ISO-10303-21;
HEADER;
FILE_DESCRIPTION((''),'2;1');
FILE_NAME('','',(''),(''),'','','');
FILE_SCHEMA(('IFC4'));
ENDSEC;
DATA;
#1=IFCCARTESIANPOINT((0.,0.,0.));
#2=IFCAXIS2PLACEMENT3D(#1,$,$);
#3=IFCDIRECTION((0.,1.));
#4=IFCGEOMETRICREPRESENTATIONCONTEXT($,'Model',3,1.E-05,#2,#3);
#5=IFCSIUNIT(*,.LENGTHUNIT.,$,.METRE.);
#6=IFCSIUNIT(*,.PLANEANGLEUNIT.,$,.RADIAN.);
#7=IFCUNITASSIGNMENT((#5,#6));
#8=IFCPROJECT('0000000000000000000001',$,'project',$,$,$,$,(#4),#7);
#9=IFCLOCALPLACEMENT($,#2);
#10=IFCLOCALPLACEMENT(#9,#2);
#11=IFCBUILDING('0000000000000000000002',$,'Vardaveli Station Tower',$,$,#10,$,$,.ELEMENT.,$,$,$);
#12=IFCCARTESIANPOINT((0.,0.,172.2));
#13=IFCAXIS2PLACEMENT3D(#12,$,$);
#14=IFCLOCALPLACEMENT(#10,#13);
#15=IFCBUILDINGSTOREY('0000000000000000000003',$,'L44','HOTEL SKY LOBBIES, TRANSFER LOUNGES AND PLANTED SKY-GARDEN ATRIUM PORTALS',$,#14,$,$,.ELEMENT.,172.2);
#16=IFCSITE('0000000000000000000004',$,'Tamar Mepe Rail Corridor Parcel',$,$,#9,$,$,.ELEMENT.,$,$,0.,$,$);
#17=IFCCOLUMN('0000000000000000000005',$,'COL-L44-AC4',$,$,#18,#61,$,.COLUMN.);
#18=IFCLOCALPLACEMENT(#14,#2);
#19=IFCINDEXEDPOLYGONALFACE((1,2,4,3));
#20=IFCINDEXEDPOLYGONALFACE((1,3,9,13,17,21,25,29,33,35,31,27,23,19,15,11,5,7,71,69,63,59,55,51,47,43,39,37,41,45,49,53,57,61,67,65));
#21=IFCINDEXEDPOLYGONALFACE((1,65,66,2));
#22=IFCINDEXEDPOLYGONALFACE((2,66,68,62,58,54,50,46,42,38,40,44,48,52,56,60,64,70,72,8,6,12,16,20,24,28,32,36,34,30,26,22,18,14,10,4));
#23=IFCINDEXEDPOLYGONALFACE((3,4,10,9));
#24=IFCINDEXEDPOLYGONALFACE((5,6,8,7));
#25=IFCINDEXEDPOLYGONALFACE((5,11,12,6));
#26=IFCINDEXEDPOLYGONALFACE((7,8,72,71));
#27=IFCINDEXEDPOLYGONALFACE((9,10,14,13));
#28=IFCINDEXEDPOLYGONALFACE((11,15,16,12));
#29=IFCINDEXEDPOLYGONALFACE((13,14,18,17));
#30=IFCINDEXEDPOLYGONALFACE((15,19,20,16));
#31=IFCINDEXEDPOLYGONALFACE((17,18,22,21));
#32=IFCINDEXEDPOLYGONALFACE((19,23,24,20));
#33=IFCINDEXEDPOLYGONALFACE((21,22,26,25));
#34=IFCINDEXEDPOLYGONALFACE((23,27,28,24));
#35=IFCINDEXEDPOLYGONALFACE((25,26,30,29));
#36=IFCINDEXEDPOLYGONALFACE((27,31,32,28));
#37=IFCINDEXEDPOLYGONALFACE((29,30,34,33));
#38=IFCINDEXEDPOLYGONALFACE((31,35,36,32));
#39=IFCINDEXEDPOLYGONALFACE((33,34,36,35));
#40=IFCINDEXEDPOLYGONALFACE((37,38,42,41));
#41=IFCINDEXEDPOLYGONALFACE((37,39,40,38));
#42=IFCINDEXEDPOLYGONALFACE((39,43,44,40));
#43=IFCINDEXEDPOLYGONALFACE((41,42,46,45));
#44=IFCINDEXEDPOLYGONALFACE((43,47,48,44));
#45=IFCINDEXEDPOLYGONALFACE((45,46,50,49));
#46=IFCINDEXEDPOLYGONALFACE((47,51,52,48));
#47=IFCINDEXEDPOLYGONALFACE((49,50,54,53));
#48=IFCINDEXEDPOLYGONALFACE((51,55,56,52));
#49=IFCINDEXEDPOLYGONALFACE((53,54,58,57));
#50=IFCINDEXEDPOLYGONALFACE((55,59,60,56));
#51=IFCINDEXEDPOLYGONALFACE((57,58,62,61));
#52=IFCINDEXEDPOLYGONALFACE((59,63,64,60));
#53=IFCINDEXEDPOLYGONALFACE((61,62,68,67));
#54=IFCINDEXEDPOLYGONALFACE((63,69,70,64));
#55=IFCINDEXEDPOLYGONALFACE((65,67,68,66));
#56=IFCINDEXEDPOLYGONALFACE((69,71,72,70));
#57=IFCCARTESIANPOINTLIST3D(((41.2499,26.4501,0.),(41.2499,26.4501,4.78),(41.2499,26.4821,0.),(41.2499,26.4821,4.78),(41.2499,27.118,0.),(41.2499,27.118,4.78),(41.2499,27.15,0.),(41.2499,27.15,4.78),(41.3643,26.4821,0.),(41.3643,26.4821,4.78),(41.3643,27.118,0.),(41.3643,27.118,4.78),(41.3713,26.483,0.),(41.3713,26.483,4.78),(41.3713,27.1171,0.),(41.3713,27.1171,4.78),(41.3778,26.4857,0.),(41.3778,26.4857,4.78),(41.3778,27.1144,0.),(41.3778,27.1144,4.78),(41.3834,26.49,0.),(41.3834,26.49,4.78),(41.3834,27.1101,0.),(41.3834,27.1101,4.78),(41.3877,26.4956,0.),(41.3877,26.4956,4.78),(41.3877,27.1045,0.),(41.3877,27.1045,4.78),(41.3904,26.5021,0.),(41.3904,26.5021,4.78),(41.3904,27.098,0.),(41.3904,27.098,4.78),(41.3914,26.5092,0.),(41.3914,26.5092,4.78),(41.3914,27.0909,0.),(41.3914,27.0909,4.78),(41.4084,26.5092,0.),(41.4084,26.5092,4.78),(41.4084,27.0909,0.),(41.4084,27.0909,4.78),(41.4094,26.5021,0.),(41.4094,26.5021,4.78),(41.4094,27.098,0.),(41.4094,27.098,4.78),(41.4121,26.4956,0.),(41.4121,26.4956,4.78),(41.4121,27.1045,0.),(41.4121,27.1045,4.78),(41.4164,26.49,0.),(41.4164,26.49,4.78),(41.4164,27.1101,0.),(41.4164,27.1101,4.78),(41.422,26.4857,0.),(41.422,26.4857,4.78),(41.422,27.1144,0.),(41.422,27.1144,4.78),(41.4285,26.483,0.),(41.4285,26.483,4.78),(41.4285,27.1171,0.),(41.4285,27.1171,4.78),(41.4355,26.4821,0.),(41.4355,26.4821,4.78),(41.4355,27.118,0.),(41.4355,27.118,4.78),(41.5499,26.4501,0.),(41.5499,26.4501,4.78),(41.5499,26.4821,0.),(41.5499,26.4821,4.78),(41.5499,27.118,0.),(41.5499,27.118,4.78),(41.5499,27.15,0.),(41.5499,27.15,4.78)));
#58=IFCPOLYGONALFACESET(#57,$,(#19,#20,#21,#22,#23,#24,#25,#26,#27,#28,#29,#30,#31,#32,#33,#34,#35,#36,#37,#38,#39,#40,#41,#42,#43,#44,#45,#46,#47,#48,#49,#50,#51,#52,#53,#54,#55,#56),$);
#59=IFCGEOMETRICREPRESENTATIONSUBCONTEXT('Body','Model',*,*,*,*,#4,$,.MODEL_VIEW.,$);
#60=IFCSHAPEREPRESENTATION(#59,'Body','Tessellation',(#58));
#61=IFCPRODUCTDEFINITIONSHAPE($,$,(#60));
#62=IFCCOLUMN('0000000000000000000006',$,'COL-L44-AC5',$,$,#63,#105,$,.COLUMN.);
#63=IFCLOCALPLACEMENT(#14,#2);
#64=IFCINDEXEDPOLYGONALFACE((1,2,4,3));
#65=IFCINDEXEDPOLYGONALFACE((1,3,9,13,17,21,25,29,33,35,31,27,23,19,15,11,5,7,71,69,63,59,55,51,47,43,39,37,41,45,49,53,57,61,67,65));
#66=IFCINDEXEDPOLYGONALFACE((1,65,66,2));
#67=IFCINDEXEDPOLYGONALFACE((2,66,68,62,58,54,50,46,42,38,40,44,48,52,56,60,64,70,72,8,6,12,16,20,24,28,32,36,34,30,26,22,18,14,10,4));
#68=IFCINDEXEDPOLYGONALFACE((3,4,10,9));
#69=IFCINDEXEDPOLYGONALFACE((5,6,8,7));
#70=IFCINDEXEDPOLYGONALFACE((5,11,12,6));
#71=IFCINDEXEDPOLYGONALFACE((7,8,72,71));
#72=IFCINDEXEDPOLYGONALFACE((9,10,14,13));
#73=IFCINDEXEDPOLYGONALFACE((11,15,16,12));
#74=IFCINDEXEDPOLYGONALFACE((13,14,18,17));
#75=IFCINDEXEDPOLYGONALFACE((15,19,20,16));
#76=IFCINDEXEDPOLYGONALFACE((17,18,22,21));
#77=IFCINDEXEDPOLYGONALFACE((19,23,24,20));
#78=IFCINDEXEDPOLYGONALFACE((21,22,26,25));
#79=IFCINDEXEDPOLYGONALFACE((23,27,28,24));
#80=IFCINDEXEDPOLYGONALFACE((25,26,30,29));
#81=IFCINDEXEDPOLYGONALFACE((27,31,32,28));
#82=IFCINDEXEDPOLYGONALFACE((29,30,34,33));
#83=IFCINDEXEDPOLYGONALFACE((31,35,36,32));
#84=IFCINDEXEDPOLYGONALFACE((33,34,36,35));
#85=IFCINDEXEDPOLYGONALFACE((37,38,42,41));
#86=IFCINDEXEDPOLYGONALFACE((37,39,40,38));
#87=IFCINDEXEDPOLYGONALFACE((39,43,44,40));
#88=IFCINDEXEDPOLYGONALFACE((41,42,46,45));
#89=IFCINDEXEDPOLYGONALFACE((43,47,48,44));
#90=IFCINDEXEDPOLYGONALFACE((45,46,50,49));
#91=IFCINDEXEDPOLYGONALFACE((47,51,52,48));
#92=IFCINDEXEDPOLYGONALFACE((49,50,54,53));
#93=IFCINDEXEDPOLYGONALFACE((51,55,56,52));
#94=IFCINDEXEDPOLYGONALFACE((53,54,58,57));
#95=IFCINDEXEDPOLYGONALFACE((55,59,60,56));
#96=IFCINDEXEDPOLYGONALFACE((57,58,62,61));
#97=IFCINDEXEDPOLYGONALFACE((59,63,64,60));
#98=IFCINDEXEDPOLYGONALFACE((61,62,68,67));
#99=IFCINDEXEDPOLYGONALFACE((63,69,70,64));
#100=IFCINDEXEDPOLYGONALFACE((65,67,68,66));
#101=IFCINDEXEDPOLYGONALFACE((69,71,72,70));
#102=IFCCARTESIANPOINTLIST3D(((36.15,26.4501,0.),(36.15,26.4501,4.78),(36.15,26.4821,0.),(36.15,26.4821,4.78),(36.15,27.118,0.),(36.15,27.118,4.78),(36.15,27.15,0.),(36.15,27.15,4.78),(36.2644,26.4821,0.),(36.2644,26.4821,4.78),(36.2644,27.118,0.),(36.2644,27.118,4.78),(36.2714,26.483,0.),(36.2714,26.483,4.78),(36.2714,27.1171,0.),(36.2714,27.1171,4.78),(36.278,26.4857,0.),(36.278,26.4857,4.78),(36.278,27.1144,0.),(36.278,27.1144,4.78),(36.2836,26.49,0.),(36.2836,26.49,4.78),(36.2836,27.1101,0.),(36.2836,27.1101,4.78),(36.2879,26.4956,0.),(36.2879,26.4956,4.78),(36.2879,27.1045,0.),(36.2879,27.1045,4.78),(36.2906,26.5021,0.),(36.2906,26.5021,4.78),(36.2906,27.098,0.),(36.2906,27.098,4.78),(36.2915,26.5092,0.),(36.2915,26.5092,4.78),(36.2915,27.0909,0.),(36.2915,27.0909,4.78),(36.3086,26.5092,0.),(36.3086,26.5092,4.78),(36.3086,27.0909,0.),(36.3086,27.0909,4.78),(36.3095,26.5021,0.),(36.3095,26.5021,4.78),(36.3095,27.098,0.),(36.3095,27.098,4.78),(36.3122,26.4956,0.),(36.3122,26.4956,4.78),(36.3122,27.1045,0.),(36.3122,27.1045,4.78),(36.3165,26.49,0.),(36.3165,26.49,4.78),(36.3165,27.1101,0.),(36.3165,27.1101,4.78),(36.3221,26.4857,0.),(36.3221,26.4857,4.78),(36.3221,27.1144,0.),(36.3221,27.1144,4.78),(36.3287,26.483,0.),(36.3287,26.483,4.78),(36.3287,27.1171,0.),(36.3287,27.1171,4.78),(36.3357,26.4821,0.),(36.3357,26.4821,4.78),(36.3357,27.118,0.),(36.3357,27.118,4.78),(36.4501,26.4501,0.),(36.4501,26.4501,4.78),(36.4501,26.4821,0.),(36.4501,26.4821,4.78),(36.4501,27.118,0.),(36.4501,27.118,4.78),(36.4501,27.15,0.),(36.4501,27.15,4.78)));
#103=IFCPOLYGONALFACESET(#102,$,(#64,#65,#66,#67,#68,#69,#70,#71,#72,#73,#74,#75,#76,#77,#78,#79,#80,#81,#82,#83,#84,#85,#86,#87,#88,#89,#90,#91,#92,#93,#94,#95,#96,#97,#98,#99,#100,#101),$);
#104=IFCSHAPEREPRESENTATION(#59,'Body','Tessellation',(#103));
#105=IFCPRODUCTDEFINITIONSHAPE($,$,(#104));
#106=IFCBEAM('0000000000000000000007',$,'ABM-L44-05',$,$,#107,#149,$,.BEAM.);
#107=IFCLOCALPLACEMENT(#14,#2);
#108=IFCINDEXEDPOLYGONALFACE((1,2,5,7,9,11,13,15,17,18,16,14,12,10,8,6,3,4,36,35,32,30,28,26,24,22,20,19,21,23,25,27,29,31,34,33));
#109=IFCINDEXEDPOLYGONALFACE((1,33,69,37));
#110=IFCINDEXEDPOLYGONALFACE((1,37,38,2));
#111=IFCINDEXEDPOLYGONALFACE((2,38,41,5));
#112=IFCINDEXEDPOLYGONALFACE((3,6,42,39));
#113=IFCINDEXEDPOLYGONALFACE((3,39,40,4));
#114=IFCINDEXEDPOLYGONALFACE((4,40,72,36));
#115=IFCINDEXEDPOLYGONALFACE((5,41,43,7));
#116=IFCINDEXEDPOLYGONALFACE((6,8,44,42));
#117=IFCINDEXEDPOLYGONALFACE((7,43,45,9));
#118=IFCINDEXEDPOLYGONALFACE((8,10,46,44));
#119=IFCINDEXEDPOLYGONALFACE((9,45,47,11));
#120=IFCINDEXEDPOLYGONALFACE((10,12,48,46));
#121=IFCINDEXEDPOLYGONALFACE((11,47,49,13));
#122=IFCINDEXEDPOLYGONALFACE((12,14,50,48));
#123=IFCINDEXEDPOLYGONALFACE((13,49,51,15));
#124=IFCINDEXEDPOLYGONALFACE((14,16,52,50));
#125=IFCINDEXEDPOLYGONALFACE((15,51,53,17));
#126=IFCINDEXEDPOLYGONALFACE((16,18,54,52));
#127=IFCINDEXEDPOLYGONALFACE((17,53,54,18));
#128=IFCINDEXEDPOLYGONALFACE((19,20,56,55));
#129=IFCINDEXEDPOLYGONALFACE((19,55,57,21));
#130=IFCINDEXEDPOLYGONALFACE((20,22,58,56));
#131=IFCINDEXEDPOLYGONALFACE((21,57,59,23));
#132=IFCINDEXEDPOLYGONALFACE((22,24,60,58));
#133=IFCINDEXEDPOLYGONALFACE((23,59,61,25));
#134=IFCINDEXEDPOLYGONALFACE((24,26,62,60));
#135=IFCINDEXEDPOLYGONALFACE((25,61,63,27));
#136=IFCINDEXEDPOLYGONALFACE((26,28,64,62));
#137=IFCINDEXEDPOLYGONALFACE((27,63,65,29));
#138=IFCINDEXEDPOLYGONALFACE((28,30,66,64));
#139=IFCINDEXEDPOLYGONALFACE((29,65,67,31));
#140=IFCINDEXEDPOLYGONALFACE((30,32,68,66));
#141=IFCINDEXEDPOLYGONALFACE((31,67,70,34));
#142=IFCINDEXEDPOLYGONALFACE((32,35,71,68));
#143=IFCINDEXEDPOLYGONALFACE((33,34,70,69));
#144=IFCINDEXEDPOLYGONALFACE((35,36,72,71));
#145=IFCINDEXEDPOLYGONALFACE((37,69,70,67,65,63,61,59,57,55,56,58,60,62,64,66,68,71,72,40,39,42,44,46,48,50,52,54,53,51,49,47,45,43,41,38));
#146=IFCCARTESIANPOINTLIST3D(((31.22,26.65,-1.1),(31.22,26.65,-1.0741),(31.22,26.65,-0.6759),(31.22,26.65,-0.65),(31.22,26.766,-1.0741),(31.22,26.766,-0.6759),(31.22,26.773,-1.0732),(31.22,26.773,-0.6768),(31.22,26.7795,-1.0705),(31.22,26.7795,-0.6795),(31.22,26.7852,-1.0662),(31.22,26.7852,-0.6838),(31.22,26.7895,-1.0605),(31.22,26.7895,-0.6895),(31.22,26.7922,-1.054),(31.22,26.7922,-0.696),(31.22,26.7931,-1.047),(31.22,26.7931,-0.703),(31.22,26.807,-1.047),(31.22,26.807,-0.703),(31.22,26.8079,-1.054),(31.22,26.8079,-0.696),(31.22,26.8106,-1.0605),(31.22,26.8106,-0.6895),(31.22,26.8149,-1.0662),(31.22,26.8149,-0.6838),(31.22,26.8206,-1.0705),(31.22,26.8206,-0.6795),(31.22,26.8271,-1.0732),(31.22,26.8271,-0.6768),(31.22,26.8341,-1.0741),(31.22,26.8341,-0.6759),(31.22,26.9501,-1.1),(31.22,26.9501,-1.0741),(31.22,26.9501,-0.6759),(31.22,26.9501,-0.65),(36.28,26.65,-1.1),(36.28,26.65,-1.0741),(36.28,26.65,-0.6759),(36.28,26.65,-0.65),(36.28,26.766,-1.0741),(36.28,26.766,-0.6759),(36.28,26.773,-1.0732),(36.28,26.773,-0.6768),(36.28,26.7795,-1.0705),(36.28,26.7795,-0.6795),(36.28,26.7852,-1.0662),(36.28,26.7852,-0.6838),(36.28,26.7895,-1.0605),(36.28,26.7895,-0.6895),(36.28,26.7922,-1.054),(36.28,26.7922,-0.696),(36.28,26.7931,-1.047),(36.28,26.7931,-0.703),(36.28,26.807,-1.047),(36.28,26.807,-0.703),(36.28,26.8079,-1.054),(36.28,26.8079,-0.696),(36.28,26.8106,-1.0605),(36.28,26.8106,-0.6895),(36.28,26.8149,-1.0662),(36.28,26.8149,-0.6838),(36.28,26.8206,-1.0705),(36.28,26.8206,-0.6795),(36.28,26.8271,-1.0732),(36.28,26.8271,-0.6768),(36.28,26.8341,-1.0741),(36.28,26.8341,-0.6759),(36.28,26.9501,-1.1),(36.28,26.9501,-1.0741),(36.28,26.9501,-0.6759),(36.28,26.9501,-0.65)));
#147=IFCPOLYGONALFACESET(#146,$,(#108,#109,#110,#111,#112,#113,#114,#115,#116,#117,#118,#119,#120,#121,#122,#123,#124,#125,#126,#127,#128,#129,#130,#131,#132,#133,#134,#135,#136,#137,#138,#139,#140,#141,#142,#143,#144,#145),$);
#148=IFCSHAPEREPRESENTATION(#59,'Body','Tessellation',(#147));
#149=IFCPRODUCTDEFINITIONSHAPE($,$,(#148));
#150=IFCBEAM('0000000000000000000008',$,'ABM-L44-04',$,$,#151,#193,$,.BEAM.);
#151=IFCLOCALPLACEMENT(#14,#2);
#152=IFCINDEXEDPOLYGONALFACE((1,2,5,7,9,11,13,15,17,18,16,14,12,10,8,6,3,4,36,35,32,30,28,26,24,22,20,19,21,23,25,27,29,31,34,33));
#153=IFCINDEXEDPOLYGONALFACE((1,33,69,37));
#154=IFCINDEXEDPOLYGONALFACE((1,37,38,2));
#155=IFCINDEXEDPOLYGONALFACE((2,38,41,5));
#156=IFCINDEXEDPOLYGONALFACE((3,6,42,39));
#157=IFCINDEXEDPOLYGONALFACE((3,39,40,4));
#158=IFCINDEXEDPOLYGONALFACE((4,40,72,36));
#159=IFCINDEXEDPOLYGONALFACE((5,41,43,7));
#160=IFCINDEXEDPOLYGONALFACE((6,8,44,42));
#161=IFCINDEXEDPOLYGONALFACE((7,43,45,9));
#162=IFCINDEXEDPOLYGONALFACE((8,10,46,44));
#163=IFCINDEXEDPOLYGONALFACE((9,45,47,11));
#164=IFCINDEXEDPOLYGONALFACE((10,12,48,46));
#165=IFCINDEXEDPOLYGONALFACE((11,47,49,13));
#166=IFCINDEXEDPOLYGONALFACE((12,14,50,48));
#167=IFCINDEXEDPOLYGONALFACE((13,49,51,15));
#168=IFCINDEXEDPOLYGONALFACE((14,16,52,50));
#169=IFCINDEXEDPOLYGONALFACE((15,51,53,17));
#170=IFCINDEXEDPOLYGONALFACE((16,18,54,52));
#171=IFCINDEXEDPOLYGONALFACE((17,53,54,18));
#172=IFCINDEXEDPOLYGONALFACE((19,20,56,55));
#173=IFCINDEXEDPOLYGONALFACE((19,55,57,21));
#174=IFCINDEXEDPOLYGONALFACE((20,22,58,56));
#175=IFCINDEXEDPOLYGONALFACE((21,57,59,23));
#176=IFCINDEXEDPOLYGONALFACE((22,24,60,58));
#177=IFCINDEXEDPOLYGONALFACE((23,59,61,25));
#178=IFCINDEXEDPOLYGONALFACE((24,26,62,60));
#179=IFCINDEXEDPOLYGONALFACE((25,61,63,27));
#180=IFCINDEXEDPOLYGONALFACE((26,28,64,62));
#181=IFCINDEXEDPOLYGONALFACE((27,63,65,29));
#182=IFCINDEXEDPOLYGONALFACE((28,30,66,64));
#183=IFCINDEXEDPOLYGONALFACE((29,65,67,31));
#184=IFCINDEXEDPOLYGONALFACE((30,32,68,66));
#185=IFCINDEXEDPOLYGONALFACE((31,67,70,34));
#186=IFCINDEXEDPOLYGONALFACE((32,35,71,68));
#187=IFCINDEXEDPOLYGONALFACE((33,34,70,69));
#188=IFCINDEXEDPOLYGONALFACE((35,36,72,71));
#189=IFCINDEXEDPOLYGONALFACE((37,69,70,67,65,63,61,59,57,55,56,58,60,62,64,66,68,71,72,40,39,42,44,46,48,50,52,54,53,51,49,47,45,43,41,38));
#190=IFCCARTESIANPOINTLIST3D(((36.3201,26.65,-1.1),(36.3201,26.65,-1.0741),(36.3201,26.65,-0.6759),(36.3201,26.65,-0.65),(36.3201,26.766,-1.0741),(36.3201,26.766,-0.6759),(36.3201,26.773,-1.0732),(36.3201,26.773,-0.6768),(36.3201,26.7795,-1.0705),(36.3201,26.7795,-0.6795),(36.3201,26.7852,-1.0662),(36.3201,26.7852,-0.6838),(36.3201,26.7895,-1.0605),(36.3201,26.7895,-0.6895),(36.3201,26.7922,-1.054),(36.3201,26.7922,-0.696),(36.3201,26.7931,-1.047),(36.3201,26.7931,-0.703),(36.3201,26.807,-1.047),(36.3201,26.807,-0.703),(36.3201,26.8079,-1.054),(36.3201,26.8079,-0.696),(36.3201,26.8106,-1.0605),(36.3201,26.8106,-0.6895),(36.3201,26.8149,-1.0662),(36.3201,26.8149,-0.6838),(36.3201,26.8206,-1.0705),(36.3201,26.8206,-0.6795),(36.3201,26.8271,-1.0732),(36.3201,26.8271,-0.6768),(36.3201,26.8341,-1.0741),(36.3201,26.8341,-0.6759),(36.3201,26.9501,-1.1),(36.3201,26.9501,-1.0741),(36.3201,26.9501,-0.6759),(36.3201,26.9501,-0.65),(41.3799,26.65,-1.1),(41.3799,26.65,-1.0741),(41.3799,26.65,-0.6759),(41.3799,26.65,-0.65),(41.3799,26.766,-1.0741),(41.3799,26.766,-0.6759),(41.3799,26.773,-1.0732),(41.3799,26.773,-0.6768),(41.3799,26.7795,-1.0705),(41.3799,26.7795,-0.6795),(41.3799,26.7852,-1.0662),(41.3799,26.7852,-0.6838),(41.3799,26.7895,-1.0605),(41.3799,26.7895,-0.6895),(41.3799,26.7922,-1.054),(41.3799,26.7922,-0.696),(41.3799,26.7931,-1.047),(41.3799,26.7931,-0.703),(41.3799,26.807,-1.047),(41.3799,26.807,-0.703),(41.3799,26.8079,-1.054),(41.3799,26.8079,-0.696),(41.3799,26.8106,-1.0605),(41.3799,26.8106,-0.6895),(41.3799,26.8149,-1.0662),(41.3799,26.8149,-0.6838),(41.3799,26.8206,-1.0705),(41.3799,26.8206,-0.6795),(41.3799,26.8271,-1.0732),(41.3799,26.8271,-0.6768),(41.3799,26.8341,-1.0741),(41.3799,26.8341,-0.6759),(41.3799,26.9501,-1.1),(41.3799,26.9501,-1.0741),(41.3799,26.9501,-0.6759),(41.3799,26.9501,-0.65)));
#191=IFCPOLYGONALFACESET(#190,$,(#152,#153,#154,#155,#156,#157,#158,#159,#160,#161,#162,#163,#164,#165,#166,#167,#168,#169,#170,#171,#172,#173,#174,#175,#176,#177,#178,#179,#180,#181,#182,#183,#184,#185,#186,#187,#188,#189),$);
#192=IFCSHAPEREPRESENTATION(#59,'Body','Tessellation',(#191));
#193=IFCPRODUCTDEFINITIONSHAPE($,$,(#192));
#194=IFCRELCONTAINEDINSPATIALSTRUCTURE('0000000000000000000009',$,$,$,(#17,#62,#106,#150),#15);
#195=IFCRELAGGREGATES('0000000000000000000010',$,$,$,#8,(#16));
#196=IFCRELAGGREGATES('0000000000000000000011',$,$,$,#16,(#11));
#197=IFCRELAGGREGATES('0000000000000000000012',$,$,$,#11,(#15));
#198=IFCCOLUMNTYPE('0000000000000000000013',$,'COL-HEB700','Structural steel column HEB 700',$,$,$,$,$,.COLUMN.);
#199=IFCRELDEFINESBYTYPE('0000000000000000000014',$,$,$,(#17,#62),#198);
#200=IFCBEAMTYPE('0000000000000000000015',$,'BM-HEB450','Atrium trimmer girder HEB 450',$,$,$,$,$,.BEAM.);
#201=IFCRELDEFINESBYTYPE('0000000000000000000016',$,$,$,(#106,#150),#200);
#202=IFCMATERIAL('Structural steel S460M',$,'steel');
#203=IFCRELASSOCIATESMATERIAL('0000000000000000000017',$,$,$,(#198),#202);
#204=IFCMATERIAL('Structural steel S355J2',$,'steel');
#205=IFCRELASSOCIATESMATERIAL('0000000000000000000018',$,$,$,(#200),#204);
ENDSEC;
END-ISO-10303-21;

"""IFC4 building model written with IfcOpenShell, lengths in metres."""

from ifc_helpers import new_model, si_unit, direction, frame, origin, origin_2d, place, context, subcontext, project, spatial, i_section, extrude, source, transform, mapped, material, material_profile, profile_set, type_object, element, save


model = new_model("IFC4")

# Units and contexts
model_context = context("Model", 3, precision=1e-05, world=origin(), true_north=direction((0.0, 1.0)))
body_context = subcontext(model_context, "Body", "Model", "MODEL_VIEW")
ifc_project = project(units=[si_unit("LENGTHUNIT", "METRE"), si_unit("PLANEANGLEUNIT", "RADIAN")], contexts=[model_context])

# Site, building, storey
site_placement = place(None, origin())
site = spatial("IfcSite", under=ifc_project, at=site_placement, Name="Tamar Mepe Rail Corridor Parcel", CompositionType="ELEMENT", RefElevation=0.0)
building_placement = place(site_placement, origin())
building = spatial("IfcBuilding", under=site, at=building_placement, Name="Vardaveli Station Tower", CompositionType="ELEMENT")
storey_placement = place(building_placement, frame((0.0, 0.0, 172.2)))
storey = spatial("IfcBuildingStorey", under=building, at=storey_placement, Name="L44", Description="HOTEL SKY LOBBIES, TRANSFER LOUNGES AND PLANTED SKY-GARDEN ATRIUM PORTALS", CompositionType="ELEMENT", Elevation=172.2)

# Columns
ifc_material_1 = material(Name="Structural steel S460M", Category="steel")
ifc_material_profile_1 = material_profile(ifc_material_1, i_section(OverallWidth=0.3, OverallDepth=0.7, WebThickness=0.0171, FlangeThickness=0.032, FilletRadius=0.0271, at=origin_2d()), Name="HEB 700")
ifc_profile_set_1 = profile_set([ifc_material_profile_1], Name="Structural steel S460M")
column_type = type_object("IfcColumnType", Name="COL-HEB700", Description="Structural steel column HEB 700", PredefinedType="COLUMN", material=ifc_profile_set_1)
shared_shape_1 = source(origin(), body_context, "Body", "SweptSolid", [
    extrude(i_section(OverallWidth=0.3, OverallDepth=0.7, WebThickness=0.0171, FlangeThickness=0.032, FilletRadius=0.0271, at=origin_2d()), origin(), (0.0, 0.0, 1.0), 4.78),
])
for number, where, z_axis, x_axis, name in (
    (1, (41.3999, 26.8, 0.0), (0.0, 0.0, 1.0), (1.0, 0.0, 0.0), "COL-L44-AC4"),
    (2, (36.3, 26.8, 0.0), (0.0, 0.0, 1.0), (1.0, 0.0, 0.0), "COL-L44-AC5"),
):
    element("IfcColumn", number, at=place(storey_placement, frame(where, z_axis=z_axis, x_axis=x_axis)), inside=storey, type_object=column_type, Name=name, PredefinedType="COLUMN", context=body_context, shape_type="MappedRepresentation", body=[
        mapped(shared_shape_1, transform((0.0, 0.0, 0.0), scale=1.0)),
    ])

# Beams
ifc_material_2 = material(Name="Structural steel S355J2", Category="steel")
ifc_material_profile_2 = material_profile(ifc_material_2, i_section(OverallWidth=0.3, OverallDepth=0.45, WebThickness=0.0139, FlangeThickness=0.0259, FilletRadius=0.0271, at=origin_2d()), Name="HEB 450")
ifc_profile_set_2 = profile_set([ifc_material_profile_2], Name="Structural steel S355J2")
beam_type_1 = type_object("IfcBeamType", Name="BM-HEB450", Description="Atrium trimmer girder HEB 450", PredefinedType="BEAM", material=ifc_profile_set_2)
shared_shape_2 = source(origin(), body_context, "Body", "SweptSolid", [
    extrude(i_section(OverallWidth=0.3, OverallDepth=0.45, WebThickness=0.0139, FlangeThickness=0.0259, FilletRadius=0.0271, at=origin_2d()), origin(), (0.0, 0.0, 1.0), 5.0601),
])
beam_1_placement = place(storey_placement, frame((36.28, 26.8, -0.875), z_axis=(-1.0, 0.0, 0.0), x_axis=(0.0, -1.0, 0.0)))
element("IfcBeam", 3, at=beam_1_placement, inside=storey, type_object=beam_type_1, Name="ABM-L44-05", PredefinedType="BEAM", context=body_context, shape_type="MappedRepresentation", body=[
    mapped(shared_shape_2, transform((0.0, 0.0, 0.0), scale=1.0)),
])
shared_shape_3 = source(origin(), body_context, "Body", "SweptSolid", [
    extrude(i_section(OverallWidth=0.3, OverallDepth=0.45, WebThickness=0.0139, FlangeThickness=0.0259, FilletRadius=0.0271, at=origin_2d()), origin(), (0.0, 0.0, 1.0), 5.0598),
])
beam_2_placement = place(storey_placement, frame((41.3799, 26.8, -0.875), z_axis=(-1.0, 0.0, 0.0), x_axis=(0.0, -1.0, 0.0)))
element("IfcBeam", 4, at=beam_2_placement, inside=storey, type_object=beam_type_1, Name="ABM-L44-04", PredefinedType="BEAM", context=body_context, shape_type="MappedRepresentation", body=[
    mapped(shared_shape_3, transform((0.0, 0.0, 0.0), scale=1.0)),
])

save(model, "model.ifc")
